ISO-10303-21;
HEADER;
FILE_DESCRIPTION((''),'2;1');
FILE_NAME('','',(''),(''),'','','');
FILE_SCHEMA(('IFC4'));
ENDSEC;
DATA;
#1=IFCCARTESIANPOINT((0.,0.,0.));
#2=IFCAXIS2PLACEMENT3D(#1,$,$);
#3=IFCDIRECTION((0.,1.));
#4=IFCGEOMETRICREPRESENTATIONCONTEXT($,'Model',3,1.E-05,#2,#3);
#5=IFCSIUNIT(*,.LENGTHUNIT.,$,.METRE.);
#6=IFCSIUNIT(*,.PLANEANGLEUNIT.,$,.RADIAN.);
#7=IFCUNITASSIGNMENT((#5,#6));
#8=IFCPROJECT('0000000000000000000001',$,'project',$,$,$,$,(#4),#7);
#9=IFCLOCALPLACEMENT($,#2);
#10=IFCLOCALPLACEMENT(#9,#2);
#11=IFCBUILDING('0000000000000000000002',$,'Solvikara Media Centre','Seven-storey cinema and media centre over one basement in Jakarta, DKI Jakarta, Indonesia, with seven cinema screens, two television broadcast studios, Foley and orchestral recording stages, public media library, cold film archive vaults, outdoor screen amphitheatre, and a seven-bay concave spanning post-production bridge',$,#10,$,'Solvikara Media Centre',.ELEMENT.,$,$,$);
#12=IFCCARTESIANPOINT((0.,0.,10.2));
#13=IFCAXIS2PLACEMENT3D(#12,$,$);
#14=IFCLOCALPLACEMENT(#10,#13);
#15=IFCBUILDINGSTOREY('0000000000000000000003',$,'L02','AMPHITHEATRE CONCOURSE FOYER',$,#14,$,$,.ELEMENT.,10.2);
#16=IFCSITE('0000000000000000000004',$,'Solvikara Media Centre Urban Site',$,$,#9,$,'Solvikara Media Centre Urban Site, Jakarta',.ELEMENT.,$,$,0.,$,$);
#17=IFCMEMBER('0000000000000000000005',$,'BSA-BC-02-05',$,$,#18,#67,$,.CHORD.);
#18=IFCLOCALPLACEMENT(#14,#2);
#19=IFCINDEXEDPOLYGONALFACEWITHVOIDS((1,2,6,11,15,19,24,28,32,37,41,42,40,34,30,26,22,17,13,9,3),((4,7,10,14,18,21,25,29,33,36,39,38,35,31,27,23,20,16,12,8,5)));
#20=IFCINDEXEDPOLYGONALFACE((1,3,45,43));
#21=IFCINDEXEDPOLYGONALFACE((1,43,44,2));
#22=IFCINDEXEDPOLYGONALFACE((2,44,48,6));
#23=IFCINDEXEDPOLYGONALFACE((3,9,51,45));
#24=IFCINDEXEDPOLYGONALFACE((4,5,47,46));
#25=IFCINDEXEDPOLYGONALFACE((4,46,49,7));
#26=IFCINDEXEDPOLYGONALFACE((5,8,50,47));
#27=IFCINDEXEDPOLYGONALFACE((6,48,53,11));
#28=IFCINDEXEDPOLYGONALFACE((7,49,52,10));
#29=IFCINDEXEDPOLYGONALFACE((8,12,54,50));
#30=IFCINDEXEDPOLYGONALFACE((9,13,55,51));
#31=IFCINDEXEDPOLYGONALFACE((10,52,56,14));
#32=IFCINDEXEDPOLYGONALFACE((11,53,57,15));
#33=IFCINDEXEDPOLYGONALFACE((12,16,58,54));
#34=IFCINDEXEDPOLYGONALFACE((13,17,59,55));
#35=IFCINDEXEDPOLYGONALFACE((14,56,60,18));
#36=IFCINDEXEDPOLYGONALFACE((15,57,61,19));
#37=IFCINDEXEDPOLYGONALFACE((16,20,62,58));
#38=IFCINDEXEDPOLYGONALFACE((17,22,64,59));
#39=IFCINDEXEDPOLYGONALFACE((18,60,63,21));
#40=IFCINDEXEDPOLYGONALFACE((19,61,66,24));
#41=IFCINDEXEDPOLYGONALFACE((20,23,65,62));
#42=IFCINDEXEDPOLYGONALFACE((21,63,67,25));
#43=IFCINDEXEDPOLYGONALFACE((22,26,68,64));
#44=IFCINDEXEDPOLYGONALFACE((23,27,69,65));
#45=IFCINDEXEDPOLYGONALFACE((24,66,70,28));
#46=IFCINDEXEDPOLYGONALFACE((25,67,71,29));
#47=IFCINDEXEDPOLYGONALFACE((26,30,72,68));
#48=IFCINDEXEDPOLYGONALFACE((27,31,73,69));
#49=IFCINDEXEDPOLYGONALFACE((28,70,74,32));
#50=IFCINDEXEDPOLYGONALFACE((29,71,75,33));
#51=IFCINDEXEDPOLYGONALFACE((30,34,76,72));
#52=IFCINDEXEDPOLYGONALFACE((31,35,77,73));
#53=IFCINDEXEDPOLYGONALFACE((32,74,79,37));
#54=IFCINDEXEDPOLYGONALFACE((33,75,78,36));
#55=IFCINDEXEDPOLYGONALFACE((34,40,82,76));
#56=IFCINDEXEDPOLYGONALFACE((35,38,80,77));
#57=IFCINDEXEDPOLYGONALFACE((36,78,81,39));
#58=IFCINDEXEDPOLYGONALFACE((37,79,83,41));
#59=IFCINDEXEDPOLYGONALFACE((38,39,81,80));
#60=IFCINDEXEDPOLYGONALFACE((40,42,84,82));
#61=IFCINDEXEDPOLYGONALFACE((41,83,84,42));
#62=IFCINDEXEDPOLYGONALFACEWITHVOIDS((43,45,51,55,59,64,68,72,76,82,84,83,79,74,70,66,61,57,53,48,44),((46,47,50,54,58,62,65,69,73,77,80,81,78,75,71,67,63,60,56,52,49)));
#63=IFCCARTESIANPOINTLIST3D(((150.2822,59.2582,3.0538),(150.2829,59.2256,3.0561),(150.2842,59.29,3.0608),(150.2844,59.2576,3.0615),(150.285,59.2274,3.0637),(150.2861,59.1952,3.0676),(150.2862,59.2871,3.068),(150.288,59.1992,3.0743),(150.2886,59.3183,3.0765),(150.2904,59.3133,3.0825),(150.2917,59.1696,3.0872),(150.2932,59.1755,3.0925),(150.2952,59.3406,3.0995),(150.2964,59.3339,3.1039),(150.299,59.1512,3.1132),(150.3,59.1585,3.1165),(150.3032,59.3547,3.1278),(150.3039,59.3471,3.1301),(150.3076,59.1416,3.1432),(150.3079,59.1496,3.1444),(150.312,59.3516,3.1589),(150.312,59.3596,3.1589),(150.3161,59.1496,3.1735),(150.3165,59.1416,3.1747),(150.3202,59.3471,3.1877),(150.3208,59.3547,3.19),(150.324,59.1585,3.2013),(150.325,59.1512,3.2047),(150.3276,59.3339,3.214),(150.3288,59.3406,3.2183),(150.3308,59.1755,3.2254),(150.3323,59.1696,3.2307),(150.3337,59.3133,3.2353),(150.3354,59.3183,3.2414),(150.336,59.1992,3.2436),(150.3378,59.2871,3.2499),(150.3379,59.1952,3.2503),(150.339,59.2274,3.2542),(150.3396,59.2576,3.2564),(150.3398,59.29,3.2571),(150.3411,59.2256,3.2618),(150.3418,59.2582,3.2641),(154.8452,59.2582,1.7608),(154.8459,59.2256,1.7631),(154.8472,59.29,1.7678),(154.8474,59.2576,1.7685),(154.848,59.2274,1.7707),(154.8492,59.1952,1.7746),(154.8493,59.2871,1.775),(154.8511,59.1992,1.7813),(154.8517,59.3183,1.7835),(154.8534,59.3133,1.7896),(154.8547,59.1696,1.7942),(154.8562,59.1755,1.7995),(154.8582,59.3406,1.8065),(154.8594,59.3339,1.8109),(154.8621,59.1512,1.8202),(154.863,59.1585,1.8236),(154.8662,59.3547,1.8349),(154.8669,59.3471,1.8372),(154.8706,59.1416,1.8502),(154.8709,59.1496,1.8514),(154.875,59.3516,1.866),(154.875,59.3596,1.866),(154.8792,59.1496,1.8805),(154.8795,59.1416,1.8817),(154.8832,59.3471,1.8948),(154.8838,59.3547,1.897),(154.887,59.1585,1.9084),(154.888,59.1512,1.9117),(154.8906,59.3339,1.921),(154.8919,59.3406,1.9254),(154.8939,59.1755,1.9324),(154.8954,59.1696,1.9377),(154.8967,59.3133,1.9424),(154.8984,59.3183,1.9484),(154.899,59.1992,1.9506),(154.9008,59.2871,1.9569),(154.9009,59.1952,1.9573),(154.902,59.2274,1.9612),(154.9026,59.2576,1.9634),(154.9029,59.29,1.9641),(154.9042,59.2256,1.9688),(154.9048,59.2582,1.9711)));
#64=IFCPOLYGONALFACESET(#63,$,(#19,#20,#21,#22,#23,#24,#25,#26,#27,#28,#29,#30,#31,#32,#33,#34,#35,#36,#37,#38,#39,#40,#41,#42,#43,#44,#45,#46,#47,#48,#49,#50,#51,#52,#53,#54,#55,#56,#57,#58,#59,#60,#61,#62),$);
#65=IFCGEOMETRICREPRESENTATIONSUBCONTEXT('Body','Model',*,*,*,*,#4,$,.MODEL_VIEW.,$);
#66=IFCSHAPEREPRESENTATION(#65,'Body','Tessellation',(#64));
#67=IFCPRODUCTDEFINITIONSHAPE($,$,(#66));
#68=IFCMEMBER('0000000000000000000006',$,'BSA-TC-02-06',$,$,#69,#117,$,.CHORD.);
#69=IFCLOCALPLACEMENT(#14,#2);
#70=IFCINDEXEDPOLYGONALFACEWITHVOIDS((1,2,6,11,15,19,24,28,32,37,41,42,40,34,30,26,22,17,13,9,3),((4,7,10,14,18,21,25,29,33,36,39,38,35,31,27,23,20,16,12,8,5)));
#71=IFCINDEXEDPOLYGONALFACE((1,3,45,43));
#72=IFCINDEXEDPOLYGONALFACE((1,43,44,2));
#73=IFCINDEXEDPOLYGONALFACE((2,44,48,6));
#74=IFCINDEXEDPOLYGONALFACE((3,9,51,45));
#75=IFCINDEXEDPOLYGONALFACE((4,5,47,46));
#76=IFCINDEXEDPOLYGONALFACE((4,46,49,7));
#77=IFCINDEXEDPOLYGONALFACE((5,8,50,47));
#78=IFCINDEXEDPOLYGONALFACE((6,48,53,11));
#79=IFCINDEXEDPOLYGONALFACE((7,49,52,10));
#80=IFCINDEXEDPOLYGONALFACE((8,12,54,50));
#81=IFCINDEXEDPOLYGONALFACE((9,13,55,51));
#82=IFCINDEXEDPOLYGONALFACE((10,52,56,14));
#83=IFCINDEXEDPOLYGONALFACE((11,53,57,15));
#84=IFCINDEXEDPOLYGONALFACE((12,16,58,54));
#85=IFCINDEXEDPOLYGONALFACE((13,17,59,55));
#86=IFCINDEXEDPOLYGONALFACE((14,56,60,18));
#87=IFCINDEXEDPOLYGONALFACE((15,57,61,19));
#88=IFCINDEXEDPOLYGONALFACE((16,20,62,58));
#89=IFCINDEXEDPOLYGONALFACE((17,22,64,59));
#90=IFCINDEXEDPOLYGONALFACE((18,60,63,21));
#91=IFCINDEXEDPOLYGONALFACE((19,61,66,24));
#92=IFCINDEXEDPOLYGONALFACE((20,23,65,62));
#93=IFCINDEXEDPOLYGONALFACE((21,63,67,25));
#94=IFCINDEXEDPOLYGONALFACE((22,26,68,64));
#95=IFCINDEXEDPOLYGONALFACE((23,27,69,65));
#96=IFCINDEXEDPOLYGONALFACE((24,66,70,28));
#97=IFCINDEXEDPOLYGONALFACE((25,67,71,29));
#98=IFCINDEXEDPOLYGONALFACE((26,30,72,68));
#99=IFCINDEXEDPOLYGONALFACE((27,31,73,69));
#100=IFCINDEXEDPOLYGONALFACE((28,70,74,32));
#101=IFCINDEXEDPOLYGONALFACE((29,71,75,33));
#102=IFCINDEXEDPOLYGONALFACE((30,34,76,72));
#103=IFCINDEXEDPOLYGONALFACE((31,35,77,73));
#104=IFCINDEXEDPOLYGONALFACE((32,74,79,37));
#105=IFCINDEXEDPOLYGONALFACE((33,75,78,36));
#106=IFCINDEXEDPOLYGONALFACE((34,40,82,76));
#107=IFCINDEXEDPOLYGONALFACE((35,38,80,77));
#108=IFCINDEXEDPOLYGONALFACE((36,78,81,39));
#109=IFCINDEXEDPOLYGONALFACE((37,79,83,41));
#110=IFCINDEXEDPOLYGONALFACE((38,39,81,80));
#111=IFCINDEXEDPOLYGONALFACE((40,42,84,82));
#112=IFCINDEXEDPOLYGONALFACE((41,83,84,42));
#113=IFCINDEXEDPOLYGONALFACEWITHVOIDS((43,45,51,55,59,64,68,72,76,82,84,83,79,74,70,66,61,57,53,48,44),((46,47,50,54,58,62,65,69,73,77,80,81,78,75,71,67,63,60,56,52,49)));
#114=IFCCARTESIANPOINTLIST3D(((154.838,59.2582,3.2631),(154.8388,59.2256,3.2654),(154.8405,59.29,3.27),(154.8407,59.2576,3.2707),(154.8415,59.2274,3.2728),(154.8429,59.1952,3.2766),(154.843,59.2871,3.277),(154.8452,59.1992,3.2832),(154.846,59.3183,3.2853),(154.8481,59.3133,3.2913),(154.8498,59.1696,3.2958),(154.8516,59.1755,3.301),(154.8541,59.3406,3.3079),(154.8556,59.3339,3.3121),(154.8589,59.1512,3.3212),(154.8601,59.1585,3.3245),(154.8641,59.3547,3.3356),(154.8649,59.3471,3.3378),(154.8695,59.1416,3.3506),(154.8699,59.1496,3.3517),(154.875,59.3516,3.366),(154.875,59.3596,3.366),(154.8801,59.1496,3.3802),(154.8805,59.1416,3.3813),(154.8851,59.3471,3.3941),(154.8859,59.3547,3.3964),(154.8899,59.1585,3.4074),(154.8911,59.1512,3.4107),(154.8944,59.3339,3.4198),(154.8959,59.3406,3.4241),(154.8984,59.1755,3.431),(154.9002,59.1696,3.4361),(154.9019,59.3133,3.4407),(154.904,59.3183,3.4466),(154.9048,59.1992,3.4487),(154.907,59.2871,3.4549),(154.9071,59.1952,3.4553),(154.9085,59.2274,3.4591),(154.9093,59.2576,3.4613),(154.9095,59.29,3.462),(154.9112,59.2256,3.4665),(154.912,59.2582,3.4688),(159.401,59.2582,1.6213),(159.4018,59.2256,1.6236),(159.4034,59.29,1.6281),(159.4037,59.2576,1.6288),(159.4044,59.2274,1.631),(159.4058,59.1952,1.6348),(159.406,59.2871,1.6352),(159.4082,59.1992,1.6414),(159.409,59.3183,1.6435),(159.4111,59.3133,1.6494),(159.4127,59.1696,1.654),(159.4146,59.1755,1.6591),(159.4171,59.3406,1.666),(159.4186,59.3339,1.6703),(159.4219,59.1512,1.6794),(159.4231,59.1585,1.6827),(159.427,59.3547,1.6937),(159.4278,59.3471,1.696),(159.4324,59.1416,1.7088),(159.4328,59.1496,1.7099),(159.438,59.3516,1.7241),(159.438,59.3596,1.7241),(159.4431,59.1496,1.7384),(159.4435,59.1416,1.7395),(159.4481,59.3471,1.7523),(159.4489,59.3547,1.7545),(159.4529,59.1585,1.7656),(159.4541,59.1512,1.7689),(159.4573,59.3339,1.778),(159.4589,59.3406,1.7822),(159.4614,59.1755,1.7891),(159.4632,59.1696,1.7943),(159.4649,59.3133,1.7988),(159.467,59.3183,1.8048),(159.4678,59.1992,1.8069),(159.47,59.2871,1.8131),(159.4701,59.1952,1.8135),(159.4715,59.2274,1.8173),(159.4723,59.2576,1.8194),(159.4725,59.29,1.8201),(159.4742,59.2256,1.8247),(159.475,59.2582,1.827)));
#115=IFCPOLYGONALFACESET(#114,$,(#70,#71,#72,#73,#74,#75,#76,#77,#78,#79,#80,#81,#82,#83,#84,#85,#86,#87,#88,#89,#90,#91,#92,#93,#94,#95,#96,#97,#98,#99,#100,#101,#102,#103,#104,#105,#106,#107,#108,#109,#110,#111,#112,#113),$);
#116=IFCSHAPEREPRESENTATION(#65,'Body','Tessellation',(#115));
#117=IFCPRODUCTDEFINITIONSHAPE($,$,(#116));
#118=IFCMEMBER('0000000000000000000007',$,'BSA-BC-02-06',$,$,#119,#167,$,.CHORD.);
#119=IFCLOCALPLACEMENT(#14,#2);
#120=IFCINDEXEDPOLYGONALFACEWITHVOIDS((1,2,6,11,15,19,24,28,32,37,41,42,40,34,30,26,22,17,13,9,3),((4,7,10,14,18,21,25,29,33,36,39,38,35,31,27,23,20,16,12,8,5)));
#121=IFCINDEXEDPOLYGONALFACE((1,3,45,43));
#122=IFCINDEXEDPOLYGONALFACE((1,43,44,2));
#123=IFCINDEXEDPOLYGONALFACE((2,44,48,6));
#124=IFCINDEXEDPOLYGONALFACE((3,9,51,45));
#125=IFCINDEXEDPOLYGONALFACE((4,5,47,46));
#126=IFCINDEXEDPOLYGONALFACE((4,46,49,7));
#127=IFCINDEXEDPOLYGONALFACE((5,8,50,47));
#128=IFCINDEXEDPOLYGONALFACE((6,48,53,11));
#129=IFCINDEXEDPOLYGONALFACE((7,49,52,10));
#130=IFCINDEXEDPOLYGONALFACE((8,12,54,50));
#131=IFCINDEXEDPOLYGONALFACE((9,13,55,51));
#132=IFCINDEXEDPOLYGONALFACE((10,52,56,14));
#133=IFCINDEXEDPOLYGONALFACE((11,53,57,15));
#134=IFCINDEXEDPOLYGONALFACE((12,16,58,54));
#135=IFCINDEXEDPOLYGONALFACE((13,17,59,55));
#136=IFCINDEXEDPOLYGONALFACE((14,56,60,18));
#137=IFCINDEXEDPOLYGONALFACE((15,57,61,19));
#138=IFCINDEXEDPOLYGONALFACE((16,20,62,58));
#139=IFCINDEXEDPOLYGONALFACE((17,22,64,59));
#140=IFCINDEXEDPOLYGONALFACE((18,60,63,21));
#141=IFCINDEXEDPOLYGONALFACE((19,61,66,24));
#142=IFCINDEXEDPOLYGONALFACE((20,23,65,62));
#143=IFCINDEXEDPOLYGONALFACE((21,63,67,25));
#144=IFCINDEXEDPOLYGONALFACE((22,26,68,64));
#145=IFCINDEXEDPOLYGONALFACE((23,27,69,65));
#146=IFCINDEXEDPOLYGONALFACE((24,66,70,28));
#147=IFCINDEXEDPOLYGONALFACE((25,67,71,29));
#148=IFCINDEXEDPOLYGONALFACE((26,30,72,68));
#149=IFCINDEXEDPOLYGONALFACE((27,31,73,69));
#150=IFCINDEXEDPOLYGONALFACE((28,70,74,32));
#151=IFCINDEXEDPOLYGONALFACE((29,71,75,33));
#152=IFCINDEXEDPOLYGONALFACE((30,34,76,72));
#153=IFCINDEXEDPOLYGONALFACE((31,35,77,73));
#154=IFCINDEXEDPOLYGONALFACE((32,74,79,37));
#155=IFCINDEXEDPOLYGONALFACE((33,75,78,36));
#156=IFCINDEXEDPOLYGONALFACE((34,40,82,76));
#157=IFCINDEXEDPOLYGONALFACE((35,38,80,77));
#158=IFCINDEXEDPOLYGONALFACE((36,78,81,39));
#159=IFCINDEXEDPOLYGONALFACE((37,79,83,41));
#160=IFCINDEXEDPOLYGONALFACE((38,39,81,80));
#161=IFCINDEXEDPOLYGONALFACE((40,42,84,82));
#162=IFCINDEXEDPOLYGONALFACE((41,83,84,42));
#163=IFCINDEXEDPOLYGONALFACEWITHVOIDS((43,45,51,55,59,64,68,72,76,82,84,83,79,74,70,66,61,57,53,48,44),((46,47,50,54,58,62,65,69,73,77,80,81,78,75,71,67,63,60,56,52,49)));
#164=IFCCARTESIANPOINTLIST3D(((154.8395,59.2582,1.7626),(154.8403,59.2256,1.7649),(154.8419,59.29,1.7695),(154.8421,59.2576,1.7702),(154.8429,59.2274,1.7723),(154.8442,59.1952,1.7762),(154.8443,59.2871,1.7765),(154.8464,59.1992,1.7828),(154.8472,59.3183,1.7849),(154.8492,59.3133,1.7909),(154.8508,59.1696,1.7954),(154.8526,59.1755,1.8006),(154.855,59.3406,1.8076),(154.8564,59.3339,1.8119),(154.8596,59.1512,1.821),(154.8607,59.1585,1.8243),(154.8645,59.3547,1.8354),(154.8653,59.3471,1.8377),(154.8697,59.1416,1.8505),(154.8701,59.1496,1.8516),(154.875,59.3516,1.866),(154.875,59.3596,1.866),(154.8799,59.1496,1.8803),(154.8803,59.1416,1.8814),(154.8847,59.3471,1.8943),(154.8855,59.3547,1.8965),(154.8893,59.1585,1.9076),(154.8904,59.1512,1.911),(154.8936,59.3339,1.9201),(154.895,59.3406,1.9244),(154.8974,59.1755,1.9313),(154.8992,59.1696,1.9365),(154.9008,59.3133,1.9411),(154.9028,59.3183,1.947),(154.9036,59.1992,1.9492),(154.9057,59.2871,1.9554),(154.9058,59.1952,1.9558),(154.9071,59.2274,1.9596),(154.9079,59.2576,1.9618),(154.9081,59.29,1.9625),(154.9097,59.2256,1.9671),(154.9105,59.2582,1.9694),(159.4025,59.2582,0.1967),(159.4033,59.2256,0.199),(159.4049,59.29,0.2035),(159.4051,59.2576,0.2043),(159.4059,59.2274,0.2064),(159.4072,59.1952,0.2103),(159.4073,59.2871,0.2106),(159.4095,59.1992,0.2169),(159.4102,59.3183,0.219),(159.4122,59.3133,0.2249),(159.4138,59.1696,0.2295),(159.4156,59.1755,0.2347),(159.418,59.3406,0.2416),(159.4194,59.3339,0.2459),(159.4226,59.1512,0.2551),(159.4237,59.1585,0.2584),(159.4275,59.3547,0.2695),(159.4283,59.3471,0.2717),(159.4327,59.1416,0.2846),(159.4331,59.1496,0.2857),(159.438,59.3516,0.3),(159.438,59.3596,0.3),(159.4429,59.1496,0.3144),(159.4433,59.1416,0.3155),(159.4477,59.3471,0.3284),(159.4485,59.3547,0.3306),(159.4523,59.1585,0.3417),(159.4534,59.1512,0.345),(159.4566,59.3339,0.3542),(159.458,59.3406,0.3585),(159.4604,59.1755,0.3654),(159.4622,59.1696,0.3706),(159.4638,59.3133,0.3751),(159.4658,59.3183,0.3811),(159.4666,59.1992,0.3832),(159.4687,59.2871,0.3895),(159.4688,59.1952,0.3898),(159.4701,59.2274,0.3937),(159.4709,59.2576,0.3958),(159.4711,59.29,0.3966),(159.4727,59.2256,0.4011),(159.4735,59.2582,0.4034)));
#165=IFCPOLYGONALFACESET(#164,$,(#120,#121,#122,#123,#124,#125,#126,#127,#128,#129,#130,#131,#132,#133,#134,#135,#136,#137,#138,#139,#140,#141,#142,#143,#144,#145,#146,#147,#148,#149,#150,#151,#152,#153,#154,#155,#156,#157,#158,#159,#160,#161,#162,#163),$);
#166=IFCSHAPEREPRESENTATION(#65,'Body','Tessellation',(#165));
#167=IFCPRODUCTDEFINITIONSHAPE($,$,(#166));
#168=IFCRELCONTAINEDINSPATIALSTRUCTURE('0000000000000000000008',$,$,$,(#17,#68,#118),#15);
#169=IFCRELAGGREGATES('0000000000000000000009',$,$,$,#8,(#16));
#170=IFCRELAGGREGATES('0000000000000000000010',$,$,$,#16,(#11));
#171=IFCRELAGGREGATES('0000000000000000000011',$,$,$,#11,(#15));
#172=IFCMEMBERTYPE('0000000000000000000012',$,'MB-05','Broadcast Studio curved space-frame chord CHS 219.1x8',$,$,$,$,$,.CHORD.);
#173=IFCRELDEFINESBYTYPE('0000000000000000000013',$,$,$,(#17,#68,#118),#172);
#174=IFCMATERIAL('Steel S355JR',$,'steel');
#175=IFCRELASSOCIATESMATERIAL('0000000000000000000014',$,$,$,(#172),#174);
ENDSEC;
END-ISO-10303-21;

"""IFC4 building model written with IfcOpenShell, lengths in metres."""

from ifc_helpers import new_model, si_unit, direction, frame, origin, origin_2d, place, context, subcontext, project, spatial, hollow_circle, extrude, material, material_profile, profile_set, type_object, element, save


model = new_model("IFC4")

# Units and contexts
model_context = context("Model", 3, precision=1e-05, world=origin(), true_north=direction((0.0, 1.0)))
body_context = subcontext(model_context, "Body", "Model", "MODEL_VIEW")
ifc_project = project(units=[si_unit("LENGTHUNIT", "METRE"), si_unit("PLANEANGLEUNIT", "RADIAN")], contexts=[model_context])

# Site, building, storey
site_placement = place(None, origin())
site = spatial("IfcSite", under=ifc_project, at=site_placement, Name="Solvikara Media Centre Urban Site", LongName="Solvikara Media Centre Urban Site, Jakarta", CompositionType="ELEMENT", RefElevation=0.0)
building_placement = place(site_placement, origin())
building = spatial("IfcBuilding", under=site, at=building_placement, Name="Solvikara Media Centre", Description="Seven-storey cinema and media centre over one basement in Jakarta, DKI Jakarta, Indonesia, with seven cinema screens, two television broadcast studios, Foley and orchestral recording stages, public media library, cold film archive vaults, outdoor screen amphitheatre, and a seven-bay concave spanning post-production bridge", LongName="Solvikara Media Centre", CompositionType="ELEMENT")
storey_placement = place(building_placement, frame((0.0, 0.0, 10.2)))
storey = spatial("IfcBuildingStorey", under=building, at=storey_placement, Name="L02", Description="AMPHITHEATRE CONCOURSE FOYER", CompositionType="ELEMENT", Elevation=10.2)

# Members
ifc_material_1 = material(Name="Steel S355JR", Category="steel")
ifc_material_profile_1 = material_profile(ifc_material_1, hollow_circle(Radius=0.1096, WallThickness=0.0081, at=origin_2d()), Name="CHS 219.1x8")
ifc_profile_set_1 = profile_set([ifc_material_profile_1], Name="Steel S355JR")
member_type_1 = type_object("IfcMemberType", Name="MB-05", Description="Broadcast Studio curved space-frame chord CHS 219.1x8", PredefinedType="CHORD", material=ifc_profile_set_1)
for number, where, z_axis, x_axis, name in (
    (1, (150.312, 59.25, 3.1589), (0.96212, 0.0, -0.272626), (0.0, 1.0, 0.0), "BSA-BC-02-05"),
):
    element("IfcMember", number, at=place(storey_placement, frame(where, z_axis=z_axis, x_axis=x_axis)), inside=storey, type_object=member_type_1, Name=name, PredefinedType="CHORD", context=body_context, shape_type="SweptSolid", body=[
        extrude(hollow_circle(Radius=0.1096, WallThickness=0.0081, at=origin_2d()), origin(), (0.0, 0.0, 1.0), 4.7427),
    ])
member_1_placement = place(storey_placement, frame((154.875, 59.25, 3.366), z_axis=(0.940942, 0.0, -0.338568), x_axis=(0.0, 1.0, 0.0)))
element("IfcMember", 2, at=member_1_placement, inside=storey, type_object=member_type_1, Name="BSA-TC-02-06", PredefinedType="CHORD", context=body_context, shape_type="SweptSolid", body=[
    extrude(hollow_circle(Radius=0.1096, WallThickness=0.0081, at=origin_2d()), origin(), (0.0, 0.0, 1.0), 4.8494),
])
member_2_placement = place(storey_placement, frame((154.875, 59.25, 1.866), z_axis=(0.945853, 0.0, -0.324596), x_axis=(0.0, 1.0, 0.0)))
element("IfcMember", 3, at=member_2_placement, inside=storey, type_object=member_type_1, Name="BSA-BC-02-06", PredefinedType="CHORD", context=body_context, shape_type="SweptSolid", body=[
    extrude(hollow_circle(Radius=0.1096, WallThickness=0.0081, at=origin_2d()), origin(), (0.0, 0.0, 1.0), 4.8242),
])

save(model, "model.ifc")
